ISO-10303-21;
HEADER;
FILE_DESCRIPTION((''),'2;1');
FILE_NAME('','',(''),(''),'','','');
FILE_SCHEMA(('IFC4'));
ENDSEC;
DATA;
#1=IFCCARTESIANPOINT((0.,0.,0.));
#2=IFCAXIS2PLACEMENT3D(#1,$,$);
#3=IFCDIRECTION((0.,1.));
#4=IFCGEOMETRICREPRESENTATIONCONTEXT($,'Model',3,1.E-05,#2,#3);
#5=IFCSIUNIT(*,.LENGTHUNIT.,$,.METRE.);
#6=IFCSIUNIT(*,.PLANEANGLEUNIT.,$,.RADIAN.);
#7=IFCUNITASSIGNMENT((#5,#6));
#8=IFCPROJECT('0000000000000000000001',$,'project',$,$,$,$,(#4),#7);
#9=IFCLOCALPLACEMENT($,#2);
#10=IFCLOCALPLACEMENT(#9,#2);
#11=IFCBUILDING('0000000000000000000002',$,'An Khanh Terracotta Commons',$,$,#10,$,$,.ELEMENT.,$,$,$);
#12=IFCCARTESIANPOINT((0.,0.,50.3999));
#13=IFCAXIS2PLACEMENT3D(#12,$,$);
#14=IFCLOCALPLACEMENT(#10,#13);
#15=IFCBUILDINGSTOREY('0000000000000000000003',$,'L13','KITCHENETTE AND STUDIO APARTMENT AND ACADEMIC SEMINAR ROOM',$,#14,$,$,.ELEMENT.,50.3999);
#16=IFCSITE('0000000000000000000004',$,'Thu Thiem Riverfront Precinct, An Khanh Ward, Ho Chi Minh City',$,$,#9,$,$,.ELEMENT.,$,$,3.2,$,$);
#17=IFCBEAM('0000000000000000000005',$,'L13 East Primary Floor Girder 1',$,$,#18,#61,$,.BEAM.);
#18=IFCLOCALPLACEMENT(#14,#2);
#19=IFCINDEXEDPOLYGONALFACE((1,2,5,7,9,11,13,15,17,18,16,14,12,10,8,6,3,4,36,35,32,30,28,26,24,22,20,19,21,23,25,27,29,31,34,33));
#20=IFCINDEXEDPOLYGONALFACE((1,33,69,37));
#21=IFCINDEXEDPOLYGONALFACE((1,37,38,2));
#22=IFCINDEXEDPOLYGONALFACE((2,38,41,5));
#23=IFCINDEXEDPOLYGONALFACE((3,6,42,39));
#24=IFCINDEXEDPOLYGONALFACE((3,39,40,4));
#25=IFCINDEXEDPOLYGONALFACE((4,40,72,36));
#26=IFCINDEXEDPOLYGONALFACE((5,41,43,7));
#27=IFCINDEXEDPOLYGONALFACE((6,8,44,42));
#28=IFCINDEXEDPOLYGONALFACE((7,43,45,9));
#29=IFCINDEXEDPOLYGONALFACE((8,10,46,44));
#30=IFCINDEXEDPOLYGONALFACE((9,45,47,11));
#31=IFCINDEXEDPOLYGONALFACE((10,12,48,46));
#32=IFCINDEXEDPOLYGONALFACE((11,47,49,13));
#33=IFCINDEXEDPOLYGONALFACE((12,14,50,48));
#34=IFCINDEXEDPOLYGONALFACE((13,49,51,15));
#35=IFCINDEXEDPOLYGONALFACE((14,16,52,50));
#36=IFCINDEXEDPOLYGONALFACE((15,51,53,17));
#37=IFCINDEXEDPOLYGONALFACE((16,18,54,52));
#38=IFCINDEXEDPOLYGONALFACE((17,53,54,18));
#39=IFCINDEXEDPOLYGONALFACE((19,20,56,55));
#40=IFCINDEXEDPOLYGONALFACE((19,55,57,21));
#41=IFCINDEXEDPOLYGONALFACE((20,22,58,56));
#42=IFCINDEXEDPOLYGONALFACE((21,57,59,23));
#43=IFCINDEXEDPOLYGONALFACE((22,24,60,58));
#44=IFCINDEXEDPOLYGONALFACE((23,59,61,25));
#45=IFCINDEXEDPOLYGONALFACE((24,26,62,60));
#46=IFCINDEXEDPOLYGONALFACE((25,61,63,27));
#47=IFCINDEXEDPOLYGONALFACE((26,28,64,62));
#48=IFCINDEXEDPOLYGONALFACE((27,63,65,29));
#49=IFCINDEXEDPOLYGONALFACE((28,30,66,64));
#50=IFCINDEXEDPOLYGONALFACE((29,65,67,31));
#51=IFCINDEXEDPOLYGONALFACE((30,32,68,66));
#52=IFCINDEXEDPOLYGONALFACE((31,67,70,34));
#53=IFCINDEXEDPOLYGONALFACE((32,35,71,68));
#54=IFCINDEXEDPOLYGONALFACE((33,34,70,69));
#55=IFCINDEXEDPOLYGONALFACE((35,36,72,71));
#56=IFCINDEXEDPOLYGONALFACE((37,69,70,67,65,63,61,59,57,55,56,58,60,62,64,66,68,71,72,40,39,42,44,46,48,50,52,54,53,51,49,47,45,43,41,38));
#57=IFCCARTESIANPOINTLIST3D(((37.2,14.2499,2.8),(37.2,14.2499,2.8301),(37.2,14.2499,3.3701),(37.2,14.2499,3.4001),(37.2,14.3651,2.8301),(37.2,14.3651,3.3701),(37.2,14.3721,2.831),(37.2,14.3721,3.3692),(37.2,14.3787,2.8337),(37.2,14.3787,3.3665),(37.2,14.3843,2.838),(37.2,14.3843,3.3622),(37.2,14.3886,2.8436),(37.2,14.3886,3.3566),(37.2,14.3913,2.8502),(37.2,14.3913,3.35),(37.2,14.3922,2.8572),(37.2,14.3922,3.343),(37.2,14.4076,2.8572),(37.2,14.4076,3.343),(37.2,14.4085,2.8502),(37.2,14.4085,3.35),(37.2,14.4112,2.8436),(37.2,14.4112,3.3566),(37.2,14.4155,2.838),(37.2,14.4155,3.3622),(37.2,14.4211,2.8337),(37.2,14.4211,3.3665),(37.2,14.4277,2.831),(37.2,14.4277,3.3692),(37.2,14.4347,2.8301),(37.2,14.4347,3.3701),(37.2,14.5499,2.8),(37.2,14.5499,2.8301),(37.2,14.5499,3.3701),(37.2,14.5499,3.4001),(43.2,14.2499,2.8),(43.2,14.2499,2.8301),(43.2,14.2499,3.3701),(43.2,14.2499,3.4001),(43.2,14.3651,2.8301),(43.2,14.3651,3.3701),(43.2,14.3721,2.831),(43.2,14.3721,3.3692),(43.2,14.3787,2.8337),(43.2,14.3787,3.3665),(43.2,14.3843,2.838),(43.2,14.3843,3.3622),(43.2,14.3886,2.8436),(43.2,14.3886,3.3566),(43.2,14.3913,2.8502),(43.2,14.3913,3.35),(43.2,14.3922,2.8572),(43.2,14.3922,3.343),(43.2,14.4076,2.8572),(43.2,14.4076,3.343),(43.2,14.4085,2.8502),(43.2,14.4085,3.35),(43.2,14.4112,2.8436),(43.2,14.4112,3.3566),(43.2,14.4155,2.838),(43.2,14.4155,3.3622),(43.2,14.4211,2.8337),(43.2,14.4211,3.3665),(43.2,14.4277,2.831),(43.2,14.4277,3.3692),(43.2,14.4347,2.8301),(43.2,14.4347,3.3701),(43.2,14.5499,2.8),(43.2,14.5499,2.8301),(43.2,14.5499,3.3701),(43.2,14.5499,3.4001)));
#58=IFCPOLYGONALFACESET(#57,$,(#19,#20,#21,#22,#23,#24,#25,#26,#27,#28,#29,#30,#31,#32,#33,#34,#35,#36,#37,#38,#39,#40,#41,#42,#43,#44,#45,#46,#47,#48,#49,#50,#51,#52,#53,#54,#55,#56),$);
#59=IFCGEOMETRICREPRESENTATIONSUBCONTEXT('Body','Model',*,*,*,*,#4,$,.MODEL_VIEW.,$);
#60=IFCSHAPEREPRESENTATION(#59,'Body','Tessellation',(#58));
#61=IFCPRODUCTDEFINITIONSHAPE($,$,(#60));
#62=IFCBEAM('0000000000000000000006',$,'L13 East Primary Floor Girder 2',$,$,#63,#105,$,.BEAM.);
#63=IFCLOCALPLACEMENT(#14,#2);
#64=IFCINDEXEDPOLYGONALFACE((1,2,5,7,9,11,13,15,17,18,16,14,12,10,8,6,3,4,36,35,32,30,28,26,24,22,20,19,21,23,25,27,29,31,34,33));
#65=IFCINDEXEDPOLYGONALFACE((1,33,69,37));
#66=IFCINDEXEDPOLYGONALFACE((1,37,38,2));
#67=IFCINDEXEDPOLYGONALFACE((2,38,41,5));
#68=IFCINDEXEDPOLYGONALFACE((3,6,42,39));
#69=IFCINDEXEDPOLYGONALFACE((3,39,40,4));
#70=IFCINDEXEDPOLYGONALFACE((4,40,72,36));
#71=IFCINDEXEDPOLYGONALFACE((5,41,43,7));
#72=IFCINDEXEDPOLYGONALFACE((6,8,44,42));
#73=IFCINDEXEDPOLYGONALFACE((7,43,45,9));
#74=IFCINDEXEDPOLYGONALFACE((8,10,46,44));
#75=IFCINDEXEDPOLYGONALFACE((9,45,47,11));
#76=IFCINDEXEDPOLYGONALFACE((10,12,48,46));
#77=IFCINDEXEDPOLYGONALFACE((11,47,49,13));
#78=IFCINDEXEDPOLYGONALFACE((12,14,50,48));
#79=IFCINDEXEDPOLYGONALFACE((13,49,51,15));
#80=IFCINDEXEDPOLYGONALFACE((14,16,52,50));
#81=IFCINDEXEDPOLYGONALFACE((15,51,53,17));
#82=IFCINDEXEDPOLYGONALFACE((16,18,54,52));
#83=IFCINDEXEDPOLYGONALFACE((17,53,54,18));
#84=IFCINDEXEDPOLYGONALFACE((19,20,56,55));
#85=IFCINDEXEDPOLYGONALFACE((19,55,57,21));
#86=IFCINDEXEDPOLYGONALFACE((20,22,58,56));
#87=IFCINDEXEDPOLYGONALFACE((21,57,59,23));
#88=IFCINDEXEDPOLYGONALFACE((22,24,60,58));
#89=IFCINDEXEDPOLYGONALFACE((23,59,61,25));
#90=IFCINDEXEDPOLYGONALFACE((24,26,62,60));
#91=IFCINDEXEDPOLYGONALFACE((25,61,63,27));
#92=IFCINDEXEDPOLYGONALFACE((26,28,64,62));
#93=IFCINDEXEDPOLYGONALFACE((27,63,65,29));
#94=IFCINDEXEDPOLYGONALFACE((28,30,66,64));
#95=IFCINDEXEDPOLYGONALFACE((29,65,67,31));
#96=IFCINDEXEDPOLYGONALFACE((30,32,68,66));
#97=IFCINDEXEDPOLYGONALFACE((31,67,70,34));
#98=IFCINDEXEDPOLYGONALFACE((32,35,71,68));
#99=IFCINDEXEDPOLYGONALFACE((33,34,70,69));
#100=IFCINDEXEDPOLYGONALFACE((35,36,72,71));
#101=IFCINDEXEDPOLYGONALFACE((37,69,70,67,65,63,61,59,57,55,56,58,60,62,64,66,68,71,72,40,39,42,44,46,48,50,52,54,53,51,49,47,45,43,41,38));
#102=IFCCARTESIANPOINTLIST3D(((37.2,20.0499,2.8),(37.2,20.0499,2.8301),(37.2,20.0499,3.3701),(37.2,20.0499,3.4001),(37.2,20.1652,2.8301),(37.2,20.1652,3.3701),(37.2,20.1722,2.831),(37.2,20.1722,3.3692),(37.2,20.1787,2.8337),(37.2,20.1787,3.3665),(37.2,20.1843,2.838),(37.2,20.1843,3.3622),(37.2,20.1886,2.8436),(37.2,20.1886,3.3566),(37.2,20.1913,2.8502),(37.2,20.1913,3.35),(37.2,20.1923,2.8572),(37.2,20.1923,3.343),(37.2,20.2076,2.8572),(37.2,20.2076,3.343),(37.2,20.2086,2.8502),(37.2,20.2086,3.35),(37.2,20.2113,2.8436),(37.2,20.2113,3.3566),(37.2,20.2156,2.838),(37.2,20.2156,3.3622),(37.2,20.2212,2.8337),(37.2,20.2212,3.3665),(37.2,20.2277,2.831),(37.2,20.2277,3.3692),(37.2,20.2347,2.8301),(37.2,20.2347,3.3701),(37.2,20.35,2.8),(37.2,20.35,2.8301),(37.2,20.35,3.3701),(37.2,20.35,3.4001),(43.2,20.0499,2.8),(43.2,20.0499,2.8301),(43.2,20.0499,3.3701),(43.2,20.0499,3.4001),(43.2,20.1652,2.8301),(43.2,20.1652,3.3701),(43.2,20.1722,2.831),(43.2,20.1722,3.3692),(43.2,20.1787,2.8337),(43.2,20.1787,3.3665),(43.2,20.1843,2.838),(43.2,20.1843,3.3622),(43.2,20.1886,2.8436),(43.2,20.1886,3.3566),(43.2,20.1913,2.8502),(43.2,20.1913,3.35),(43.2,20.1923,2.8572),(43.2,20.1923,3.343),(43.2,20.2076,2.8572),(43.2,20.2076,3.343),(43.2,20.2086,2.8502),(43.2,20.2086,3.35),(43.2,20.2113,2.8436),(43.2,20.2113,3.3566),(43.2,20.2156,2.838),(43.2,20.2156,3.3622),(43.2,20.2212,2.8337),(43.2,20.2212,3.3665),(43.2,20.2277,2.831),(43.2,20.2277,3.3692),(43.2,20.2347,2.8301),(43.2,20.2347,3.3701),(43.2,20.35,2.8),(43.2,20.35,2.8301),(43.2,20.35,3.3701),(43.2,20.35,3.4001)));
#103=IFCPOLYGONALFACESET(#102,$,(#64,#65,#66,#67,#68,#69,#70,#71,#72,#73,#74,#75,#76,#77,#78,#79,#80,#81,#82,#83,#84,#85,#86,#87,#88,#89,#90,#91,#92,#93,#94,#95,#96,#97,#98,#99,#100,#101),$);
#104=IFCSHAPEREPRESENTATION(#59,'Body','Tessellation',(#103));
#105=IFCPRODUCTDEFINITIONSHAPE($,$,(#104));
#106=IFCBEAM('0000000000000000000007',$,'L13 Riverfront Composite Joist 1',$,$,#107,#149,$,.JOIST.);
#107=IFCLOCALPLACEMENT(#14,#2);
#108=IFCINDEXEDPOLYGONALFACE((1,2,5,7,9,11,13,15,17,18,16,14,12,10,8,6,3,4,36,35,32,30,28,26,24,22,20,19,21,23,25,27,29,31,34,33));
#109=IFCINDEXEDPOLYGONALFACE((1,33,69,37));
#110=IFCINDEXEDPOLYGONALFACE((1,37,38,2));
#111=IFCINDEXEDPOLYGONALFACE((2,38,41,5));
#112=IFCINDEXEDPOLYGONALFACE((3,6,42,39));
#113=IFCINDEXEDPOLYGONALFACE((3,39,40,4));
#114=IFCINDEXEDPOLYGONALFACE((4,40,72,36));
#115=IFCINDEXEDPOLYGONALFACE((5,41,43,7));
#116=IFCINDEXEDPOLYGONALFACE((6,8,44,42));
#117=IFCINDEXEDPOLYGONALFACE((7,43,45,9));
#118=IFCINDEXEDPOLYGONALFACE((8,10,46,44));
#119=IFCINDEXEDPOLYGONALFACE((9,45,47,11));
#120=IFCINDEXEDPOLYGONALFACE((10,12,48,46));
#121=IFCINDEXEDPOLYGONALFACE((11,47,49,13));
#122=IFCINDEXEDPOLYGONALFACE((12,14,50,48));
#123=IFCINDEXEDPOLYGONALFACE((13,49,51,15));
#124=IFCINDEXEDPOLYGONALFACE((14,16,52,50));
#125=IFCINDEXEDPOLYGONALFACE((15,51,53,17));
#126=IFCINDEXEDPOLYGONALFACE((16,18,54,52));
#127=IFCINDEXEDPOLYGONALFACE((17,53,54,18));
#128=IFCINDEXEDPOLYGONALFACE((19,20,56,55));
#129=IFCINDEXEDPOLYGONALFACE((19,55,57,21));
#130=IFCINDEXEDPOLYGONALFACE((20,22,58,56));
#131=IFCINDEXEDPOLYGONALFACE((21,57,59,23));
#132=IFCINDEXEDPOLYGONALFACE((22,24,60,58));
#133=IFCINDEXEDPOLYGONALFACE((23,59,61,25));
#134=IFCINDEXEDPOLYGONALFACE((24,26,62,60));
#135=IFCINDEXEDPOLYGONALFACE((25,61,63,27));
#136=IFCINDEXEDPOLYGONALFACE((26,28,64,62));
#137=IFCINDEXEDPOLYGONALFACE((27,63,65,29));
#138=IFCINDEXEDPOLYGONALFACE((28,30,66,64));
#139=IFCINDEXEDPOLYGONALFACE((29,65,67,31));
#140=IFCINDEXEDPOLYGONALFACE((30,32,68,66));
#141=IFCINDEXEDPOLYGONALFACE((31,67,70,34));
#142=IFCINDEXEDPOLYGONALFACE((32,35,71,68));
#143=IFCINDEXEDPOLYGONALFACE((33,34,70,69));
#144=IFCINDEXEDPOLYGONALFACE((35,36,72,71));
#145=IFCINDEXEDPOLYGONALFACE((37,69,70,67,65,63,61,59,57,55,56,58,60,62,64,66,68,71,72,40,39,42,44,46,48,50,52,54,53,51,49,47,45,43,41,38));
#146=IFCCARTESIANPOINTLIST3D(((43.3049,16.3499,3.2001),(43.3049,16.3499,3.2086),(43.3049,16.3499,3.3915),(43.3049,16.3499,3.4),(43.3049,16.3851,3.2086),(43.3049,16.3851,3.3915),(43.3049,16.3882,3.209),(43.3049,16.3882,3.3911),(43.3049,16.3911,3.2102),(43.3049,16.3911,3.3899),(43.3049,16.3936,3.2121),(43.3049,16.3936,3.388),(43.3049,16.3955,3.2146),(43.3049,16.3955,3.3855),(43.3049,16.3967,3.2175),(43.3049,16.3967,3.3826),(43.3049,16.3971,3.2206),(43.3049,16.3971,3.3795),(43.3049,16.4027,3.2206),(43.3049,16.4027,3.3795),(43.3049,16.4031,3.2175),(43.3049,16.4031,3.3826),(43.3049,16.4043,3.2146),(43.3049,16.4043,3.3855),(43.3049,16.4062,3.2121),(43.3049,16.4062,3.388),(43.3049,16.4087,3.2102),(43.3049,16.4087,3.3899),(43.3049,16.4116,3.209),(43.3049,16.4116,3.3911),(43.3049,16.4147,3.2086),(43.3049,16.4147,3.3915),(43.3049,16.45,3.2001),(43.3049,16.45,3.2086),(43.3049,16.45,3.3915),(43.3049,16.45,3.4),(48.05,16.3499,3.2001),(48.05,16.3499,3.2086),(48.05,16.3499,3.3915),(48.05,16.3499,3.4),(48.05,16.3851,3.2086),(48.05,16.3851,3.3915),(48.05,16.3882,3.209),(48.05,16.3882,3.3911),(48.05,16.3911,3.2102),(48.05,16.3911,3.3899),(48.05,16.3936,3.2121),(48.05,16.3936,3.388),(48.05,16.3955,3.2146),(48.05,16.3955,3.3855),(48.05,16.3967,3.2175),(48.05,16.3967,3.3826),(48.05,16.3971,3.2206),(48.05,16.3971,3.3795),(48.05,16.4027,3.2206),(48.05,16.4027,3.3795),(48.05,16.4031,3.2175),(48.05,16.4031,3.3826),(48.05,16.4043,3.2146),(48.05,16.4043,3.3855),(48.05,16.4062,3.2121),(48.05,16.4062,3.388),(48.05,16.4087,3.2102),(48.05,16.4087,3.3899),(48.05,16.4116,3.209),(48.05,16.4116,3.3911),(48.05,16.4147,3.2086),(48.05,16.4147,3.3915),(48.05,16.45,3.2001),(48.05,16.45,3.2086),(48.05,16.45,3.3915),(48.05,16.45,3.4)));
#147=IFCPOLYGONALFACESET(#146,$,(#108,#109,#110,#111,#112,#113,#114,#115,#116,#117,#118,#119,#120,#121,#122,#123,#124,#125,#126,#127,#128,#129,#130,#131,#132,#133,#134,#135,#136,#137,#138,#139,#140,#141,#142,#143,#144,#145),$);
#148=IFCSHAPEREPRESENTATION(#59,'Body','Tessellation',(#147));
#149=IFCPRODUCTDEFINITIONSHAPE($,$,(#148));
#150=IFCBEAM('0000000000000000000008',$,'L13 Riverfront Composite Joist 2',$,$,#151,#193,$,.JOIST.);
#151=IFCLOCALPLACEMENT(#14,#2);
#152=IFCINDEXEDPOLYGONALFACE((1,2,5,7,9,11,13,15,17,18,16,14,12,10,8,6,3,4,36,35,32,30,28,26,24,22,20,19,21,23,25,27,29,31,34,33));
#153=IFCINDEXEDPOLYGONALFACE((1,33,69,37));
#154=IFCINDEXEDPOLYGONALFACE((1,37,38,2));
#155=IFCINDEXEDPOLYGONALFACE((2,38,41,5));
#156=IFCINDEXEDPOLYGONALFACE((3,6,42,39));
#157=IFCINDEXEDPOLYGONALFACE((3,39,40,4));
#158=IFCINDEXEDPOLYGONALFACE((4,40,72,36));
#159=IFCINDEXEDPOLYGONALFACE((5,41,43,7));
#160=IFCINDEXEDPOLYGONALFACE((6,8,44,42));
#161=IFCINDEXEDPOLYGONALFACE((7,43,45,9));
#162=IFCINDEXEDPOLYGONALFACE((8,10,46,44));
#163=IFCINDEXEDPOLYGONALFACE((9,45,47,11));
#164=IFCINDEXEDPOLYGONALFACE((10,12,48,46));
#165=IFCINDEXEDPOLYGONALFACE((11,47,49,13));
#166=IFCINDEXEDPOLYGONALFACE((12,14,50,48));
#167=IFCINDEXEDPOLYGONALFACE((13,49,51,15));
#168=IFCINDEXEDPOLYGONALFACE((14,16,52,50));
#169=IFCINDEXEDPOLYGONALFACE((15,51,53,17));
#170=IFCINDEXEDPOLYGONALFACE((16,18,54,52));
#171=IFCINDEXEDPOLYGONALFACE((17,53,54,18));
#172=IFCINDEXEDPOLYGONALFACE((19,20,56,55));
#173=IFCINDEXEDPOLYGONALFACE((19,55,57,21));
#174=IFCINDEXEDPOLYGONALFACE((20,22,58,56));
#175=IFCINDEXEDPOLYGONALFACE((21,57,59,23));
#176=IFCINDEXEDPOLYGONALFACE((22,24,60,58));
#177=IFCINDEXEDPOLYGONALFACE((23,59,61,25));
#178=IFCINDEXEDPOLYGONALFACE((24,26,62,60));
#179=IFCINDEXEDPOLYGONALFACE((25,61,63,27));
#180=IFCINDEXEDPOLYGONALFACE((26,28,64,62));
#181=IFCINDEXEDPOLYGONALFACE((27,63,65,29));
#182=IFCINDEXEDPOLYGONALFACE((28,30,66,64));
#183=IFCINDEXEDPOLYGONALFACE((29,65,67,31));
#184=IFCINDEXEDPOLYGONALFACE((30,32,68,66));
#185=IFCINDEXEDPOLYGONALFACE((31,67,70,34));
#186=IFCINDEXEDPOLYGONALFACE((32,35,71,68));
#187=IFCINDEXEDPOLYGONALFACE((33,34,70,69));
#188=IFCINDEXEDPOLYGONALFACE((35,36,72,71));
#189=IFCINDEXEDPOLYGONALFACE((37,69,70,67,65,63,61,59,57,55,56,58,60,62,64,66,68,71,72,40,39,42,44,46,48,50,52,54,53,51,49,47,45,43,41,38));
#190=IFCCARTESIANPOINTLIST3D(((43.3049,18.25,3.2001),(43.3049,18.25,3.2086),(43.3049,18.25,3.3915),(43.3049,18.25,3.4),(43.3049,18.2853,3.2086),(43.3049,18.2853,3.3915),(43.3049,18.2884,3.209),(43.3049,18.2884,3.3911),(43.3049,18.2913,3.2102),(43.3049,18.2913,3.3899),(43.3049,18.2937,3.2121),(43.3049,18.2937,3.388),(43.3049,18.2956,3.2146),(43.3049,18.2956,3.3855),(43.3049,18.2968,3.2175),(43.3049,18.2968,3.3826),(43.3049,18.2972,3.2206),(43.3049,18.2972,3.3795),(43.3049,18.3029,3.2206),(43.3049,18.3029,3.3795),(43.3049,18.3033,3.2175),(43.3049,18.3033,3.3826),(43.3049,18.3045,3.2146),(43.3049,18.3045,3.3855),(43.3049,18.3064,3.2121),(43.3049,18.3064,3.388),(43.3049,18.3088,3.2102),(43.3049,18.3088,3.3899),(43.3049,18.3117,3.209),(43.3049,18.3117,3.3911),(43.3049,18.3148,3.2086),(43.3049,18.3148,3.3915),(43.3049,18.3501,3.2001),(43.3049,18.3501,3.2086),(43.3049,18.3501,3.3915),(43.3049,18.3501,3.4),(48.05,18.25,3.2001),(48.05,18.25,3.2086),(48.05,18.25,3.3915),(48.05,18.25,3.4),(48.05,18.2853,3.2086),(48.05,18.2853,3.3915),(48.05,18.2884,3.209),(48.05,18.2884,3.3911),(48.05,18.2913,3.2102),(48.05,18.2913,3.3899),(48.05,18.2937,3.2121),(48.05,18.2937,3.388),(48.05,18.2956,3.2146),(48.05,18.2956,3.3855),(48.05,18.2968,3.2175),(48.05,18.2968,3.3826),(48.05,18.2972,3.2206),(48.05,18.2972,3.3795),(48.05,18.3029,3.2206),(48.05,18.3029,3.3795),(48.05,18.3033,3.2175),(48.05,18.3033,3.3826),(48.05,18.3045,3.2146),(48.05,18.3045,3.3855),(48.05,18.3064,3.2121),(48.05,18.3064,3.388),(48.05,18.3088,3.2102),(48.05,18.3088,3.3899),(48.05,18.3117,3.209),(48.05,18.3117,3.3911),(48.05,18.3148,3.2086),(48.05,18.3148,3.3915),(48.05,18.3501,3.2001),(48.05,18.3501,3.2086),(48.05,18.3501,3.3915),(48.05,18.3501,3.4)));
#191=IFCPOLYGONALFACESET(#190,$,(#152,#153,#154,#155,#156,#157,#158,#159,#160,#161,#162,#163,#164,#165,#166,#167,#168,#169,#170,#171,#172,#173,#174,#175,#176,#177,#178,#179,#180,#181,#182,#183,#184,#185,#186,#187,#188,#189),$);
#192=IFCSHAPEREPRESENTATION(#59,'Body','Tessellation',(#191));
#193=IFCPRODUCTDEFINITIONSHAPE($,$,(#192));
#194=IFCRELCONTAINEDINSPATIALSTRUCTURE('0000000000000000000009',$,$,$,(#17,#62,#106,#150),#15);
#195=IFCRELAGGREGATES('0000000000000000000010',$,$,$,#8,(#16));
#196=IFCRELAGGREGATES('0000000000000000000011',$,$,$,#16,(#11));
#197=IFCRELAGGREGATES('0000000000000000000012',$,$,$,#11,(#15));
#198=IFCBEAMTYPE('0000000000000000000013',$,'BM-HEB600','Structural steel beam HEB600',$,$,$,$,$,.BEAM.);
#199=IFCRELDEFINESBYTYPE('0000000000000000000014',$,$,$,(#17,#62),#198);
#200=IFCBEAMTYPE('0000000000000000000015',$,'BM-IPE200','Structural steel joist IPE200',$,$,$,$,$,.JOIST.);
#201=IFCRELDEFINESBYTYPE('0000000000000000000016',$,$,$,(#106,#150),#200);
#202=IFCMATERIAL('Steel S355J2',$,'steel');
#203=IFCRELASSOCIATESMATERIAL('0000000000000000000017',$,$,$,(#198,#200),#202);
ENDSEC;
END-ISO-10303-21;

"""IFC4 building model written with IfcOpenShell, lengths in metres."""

from ifc_helpers import new_model, si_unit, direction, frame, origin, origin_2d, place, context, subcontext, project, spatial, i_section, extrude, material, material_profile, profile_set, type_object, element, save


model = new_model("IFC4")

# Units and contexts
model_context = context("Model", 3, precision=1e-05, world=origin(), true_north=direction((0.0, 1.0)))
body_context = subcontext(model_context, "Body", "Model", "MODEL_VIEW")
ifc_project = project(units=[si_unit("LENGTHUNIT", "METRE"), si_unit("PLANEANGLEUNIT", "RADIAN")], contexts=[model_context])

# Site, building, storey
site_placement = place(None, origin())
site = spatial("IfcSite", under=ifc_project, at=site_placement, Name="Thu Thiem Riverfront Precinct, An Khanh Ward, Ho Chi Minh City", CompositionType="ELEMENT", RefElevation=3.2)
building_placement = place(site_placement, origin())
building = spatial("IfcBuilding", under=site, at=building_placement, Name="An Khanh Terracotta Commons", CompositionType="ELEMENT")
storey_placement = place(building_placement, frame((0.0, 0.0, 50.3999)))
storey = spatial("IfcBuildingStorey", under=building, at=storey_placement, Name="L13", Description="KITCHENETTE AND STUDIO APARTMENT AND ACADEMIC SEMINAR ROOM", CompositionType="ELEMENT", Elevation=50.3999)

# Beams
ifc_material_1 = material(Name="Steel S355J2", Category="steel")
ifc_material_profile_1 = material_profile(ifc_material_1, i_section(OverallWidth=0.3, OverallDepth=0.6001, WebThickness=0.0154, FlangeThickness=0.03, FilletRadius=0.0271, at=origin_2d()), Name="HEB600")
ifc_profile_set_1 = profile_set([ifc_material_profile_1], Name="Steel S355J2")
beam_type_1 = type_object("IfcBeamType", Name="BM-HEB600", Description="Structural steel beam HEB600", PredefinedType="BEAM", material=ifc_profile_set_1)
for number, where, z_axis, x_axis, name in (
    (1, (37.2, 14.3999, 3.1001), (1.0, 0.0, 0.0), (0.0, 1.0, 0.0), "L13 East Primary Floor Girder 1"),
    (2, (37.2, 20.2, 3.1001), (1.0, 0.0, 0.0), (0.0, 1.0, 0.0), "L13 East Primary Floor Girder 2"),
):
    element("IfcBeam", number, at=place(storey_placement, frame(where, z_axis=z_axis, x_axis=x_axis)), inside=storey, type_object=beam_type_1, Name=name, PredefinedType="BEAM", context=body_context, shape_type="SweptSolid", body=[
        extrude(i_section(OverallWidth=0.3, OverallDepth=0.6001, WebThickness=0.0154, FlangeThickness=0.03, FilletRadius=0.0271, at=origin_2d()), origin(), (0.0, 0.0, 1.0), 6.0),
    ])
ifc_material_profile_2 = material_profile(ifc_material_1, i_section(OverallWidth=0.1001, OverallDepth=0.2, WebThickness=0.0056, FlangeThickness=0.0085, FilletRadius=0.012, at=origin_2d()), Name="IPE200")
ifc_profile_set_2 = profile_set([ifc_material_profile_2], Name="Steel S355J2")
beam_type_2 = type_object("IfcBeamType", Name="BM-IPE200", Description="Structural steel joist IPE200", PredefinedType="JOIST", material=ifc_profile_set_2)
for number, where, z_axis, x_axis, name in (
    (3, (43.3049, 16.3999, 3.3), (1.0, 0.0, 0.0), (0.0, 1.0, 0.0), "L13 Riverfront Composite Joist 1"),
    (4, (43.3049, 18.3, 3.3), (1.0, 0.0, 0.0), (0.0, 1.0, 0.0), "L13 Riverfront Composite Joist 2"),
):
    element("IfcBeam", number, at=place(storey_placement, frame(where, z_axis=z_axis, x_axis=x_axis)), inside=storey, type_object=beam_type_2, Name=name, PredefinedType="JOIST", context=body_context, shape_type="SweptSolid", body=[
        extrude(i_section(OverallWidth=0.1001, OverallDepth=0.2, WebThickness=0.0056, FlangeThickness=0.0085, FilletRadius=0.012, at=origin_2d()), origin(), (0.0, 0.0, 1.0), 4.7451),
    ])

save(model, "model.ifc")
